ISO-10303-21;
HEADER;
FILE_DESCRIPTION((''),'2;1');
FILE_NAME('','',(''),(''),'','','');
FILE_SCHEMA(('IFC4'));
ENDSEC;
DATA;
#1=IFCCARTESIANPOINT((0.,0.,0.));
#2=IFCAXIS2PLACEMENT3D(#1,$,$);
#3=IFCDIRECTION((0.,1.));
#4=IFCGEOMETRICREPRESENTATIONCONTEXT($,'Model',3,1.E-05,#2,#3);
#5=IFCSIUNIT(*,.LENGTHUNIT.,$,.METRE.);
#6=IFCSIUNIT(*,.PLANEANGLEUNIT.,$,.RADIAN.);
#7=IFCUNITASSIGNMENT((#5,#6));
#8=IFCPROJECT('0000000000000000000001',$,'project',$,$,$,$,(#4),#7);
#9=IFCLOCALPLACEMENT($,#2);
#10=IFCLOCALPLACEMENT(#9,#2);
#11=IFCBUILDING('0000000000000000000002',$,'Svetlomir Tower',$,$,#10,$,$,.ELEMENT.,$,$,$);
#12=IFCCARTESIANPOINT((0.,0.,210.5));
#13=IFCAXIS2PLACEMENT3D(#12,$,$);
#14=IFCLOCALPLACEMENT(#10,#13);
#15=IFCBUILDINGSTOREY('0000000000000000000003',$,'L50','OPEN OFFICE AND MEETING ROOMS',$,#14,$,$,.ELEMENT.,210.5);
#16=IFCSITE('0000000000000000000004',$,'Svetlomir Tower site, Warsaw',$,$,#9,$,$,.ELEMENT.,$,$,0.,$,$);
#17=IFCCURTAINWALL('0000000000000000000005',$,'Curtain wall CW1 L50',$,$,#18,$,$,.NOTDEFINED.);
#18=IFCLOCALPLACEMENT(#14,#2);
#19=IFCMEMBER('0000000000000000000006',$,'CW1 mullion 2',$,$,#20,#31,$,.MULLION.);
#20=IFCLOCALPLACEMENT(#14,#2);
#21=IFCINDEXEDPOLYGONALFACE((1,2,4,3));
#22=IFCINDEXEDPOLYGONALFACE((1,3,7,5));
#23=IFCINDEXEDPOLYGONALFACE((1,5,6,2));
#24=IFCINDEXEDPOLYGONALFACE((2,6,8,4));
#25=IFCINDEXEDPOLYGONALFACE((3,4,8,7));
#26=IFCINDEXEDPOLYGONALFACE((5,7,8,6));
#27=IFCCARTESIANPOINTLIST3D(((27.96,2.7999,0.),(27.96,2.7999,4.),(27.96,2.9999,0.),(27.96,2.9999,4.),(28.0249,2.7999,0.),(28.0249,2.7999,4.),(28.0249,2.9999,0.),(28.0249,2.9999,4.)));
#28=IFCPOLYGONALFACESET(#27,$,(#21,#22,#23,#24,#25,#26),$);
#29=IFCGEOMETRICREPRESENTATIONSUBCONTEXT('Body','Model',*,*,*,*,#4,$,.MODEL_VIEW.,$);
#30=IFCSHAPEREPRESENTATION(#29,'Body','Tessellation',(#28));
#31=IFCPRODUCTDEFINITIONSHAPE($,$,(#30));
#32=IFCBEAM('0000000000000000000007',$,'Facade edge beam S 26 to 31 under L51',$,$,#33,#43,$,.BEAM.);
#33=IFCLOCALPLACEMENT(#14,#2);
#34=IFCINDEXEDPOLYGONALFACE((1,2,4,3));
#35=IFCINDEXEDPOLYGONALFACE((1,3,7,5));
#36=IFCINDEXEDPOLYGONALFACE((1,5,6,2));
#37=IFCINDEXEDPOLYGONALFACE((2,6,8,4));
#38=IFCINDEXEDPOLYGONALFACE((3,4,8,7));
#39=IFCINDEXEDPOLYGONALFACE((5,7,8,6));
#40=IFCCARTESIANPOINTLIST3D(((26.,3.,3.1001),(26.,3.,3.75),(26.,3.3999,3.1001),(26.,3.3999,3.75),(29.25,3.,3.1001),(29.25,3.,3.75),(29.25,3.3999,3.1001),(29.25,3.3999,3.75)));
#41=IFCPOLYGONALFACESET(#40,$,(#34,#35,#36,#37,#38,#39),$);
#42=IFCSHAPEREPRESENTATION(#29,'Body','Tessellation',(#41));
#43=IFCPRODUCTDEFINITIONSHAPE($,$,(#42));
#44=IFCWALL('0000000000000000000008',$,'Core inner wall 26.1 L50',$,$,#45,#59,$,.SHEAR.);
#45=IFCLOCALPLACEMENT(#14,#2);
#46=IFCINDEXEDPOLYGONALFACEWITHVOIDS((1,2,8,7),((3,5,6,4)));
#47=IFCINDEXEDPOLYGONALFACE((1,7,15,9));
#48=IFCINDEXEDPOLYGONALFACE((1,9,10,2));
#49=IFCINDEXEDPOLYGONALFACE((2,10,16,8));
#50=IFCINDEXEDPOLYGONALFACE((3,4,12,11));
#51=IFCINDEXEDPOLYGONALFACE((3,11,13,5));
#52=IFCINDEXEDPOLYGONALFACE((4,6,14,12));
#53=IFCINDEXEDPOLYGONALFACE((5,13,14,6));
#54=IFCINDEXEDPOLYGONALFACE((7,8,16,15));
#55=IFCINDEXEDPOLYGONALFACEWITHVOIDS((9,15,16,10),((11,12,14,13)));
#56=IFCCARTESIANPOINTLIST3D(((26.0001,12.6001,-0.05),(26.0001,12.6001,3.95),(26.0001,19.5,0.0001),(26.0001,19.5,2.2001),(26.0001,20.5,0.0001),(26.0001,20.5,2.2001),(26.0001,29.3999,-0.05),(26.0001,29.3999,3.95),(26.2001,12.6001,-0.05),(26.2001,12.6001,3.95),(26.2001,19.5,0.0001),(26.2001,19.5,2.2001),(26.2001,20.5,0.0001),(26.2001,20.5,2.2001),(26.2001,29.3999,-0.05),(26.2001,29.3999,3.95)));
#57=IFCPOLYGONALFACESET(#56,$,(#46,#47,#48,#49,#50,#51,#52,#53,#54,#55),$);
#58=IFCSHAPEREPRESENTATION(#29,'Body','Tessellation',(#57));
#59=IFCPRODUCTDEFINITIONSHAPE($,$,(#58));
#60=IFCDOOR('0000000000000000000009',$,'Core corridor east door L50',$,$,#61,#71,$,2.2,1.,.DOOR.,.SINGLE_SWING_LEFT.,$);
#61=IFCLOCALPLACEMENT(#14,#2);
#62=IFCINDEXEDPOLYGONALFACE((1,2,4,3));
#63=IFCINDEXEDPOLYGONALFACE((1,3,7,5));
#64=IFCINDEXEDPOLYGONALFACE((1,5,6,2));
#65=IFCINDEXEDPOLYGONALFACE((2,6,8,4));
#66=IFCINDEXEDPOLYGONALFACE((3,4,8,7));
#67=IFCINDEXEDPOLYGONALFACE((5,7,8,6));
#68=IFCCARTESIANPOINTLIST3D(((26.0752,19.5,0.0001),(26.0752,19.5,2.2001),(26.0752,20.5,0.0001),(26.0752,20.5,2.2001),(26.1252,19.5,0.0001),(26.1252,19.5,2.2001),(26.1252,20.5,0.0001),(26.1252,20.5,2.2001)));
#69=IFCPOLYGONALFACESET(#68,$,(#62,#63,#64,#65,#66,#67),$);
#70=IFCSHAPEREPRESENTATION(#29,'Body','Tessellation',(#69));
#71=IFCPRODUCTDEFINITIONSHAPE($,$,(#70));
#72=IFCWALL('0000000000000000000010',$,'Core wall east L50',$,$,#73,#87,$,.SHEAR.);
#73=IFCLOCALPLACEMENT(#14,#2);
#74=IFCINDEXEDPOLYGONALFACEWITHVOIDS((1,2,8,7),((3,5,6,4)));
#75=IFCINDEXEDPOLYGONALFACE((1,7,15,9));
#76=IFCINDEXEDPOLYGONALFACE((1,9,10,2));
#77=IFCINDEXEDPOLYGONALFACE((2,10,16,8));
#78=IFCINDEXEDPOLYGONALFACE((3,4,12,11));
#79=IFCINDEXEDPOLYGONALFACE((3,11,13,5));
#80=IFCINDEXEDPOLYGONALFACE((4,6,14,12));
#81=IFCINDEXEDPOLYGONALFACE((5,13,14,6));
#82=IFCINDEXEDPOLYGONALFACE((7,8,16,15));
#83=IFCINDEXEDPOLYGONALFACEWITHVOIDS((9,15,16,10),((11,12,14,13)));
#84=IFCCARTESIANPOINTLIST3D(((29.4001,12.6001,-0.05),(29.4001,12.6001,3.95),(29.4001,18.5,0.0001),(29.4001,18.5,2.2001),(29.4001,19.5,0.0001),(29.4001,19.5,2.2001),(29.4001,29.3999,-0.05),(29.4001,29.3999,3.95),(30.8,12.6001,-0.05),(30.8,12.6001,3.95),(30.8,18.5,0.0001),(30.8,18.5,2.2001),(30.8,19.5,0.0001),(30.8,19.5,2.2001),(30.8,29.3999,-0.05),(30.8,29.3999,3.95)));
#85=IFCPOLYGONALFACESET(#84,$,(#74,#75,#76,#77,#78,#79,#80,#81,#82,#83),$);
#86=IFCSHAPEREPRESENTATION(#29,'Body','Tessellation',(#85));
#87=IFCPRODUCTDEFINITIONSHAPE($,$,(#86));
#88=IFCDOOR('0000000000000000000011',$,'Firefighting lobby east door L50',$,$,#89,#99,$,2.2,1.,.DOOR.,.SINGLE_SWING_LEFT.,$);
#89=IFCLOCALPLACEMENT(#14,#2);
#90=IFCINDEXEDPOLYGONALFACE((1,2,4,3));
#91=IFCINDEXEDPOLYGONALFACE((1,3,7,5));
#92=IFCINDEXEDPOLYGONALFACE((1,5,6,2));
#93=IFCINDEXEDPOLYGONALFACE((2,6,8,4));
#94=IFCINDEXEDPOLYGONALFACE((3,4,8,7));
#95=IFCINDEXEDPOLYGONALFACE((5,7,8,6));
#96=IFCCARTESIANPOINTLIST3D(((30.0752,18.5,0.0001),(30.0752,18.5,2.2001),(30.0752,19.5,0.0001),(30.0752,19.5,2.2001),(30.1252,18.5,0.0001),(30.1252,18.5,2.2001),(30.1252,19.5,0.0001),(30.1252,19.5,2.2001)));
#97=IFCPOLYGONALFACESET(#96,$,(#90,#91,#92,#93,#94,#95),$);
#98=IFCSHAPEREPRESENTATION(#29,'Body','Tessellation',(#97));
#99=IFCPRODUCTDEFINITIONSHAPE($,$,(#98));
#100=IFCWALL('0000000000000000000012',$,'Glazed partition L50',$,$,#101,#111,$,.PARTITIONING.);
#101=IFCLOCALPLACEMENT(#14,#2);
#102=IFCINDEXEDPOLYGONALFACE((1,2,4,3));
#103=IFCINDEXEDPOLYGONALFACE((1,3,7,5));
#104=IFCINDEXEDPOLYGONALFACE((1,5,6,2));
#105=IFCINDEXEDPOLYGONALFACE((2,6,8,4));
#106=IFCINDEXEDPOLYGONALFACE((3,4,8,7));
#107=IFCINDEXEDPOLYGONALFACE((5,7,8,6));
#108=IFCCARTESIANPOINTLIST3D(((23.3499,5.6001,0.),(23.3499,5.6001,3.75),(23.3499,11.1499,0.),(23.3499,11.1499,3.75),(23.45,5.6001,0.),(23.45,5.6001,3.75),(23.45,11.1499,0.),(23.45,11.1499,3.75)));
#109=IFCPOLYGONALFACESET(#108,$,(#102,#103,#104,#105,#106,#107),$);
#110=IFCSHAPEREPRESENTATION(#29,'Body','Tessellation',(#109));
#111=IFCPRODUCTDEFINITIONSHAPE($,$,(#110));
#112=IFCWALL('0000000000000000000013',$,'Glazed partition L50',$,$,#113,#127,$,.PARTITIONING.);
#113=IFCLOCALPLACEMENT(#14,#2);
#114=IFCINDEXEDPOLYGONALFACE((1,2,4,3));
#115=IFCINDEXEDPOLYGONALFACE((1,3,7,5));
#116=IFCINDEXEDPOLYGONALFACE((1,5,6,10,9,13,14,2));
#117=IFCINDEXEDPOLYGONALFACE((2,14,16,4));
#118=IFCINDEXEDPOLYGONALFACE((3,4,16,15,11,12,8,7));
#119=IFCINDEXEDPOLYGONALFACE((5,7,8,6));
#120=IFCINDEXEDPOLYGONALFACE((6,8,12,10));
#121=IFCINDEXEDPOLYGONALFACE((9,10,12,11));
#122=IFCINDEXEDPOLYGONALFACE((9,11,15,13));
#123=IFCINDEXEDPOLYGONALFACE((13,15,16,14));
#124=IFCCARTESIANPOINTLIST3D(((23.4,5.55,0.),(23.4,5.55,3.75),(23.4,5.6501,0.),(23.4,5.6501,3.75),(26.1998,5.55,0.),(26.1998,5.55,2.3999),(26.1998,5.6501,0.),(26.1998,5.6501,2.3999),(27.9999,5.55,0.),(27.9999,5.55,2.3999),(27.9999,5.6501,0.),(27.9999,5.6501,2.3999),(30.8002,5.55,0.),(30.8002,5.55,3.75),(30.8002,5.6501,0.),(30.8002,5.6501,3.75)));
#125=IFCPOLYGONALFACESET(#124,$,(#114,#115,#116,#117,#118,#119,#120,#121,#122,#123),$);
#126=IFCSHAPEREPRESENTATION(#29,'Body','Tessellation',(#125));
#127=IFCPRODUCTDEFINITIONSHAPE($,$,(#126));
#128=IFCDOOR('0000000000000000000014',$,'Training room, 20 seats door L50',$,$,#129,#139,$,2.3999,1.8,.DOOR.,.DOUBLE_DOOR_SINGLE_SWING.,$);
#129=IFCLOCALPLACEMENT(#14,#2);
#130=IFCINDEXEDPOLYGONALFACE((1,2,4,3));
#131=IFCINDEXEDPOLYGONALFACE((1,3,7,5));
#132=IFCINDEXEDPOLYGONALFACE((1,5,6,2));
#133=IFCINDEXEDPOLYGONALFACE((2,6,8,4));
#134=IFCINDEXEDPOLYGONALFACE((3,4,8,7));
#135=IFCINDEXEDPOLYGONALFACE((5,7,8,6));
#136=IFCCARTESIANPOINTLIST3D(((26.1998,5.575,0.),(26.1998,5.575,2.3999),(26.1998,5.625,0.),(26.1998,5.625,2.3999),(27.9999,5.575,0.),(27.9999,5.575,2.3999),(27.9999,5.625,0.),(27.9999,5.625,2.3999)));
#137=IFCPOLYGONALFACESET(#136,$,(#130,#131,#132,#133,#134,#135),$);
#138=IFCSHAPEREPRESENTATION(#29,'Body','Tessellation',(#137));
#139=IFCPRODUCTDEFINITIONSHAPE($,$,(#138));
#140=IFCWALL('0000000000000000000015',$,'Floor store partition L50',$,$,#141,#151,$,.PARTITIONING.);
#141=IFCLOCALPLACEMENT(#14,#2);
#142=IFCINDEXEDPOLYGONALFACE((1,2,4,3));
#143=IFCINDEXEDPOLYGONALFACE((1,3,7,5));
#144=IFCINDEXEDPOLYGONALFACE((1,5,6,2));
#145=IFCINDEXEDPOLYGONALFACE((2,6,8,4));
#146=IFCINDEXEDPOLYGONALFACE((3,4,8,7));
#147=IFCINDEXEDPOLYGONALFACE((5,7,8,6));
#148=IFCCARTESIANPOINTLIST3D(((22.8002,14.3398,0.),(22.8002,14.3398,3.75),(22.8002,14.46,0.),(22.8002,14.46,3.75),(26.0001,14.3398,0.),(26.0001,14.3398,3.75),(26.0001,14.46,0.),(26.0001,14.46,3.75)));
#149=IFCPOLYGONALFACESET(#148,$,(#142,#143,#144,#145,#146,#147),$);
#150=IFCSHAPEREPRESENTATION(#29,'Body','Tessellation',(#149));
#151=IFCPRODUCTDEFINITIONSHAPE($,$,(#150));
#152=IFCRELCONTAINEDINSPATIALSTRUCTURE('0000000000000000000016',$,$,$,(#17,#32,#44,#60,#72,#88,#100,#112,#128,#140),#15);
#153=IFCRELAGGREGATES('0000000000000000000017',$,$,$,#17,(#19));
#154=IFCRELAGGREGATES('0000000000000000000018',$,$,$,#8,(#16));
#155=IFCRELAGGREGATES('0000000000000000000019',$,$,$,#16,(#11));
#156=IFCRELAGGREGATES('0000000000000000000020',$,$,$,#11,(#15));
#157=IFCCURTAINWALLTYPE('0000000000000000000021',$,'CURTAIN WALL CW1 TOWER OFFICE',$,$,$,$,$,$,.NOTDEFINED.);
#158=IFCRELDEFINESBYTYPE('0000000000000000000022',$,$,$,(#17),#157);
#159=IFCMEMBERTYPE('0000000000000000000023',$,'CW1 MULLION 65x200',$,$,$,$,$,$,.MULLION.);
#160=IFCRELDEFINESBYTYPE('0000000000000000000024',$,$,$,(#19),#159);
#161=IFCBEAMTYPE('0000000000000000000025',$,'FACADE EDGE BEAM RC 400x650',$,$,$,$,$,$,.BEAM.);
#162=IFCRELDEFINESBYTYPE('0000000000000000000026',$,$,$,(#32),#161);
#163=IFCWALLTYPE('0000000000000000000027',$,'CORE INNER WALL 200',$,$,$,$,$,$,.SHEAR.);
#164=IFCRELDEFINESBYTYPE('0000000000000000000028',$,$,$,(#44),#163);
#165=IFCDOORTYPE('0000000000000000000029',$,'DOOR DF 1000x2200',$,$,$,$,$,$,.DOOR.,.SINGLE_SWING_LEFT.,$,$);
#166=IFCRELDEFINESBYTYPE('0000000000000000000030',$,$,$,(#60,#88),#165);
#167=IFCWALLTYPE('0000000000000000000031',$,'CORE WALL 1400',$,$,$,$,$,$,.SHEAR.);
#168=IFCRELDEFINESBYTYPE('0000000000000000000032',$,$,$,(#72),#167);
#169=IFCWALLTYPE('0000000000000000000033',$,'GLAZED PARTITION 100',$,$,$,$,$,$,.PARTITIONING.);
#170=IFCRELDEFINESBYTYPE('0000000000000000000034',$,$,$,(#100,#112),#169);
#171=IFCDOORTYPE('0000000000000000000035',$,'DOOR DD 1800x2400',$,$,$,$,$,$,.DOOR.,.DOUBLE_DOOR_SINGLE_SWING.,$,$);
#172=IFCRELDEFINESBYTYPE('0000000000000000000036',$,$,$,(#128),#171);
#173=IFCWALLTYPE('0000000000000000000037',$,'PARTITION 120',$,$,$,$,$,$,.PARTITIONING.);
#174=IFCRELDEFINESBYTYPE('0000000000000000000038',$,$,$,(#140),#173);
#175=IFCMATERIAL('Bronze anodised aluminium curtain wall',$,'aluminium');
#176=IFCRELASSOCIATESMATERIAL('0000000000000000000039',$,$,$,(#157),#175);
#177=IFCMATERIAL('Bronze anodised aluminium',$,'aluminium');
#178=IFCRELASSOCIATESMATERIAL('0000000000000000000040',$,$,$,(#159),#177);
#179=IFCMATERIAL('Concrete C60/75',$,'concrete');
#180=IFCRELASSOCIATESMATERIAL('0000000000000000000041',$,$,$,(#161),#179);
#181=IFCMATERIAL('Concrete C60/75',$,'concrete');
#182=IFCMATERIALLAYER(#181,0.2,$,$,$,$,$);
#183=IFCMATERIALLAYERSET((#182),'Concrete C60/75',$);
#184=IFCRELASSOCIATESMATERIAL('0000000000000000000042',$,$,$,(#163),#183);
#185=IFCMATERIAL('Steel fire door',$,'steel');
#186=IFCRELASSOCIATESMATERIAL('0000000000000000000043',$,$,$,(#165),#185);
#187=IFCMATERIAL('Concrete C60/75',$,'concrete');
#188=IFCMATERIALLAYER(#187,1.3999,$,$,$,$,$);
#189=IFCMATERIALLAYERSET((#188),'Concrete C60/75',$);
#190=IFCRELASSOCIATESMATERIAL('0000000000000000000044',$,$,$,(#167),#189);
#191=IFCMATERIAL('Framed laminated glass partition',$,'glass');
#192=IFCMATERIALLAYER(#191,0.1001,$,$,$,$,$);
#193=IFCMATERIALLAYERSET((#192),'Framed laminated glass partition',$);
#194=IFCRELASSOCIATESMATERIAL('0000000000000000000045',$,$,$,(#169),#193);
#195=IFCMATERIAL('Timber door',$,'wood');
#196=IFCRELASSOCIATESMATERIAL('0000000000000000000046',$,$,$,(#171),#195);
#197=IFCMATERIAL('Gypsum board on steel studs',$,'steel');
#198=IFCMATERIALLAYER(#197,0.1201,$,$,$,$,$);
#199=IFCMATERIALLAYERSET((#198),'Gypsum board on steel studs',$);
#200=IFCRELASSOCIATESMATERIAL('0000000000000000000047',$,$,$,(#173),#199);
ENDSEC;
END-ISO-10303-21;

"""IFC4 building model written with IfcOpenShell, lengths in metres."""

from ifc_helpers import new_model, si_unit, direction, frame, frame_2d, origin, origin_2d, place, context, subcontext, project, spatial, rectangle, extrude, material, layer, layer_set, material_profile, profile_set, type_object, element, fill, aggregate, save


model = new_model("IFC4")

# Units and contexts
model_context = context("Model", 3, precision=1e-05, world=origin(), true_north=direction((0.0, 1.0)))
body_context = subcontext(model_context, "Body", "Model", "MODEL_VIEW")
ifc_project = project(units=[si_unit("LENGTHUNIT", "METRE"), si_unit("PLANEANGLEUNIT", "RADIAN")], contexts=[model_context])

# Site, building, storey
site_placement = place(None, origin())
site = spatial("IfcSite", under=ifc_project, at=site_placement, Name="Svetlomir Tower site, Warsaw", CompositionType="ELEMENT", RefElevation=0.0)
building_placement = place(site_placement, origin())
building = spatial("IfcBuilding", under=site, at=building_placement, Name="Svetlomir Tower", CompositionType="ELEMENT")
storey_placement = place(building_placement, frame((0.0, 0.0, 210.5)))
storey = spatial("IfcBuildingStorey", under=building, at=storey_placement, Name="L50", Description="OPEN OFFICE AND MEETING ROOMS", CompositionType="ELEMENT", Elevation=210.5)

# Curtain wall, member
ifc_material_1 = material(Name="Bronze anodised aluminium curtain wall", Category="aluminium")
curtain_wall_type = type_object("IfcCurtainWallType", Name="CURTAIN WALL CW1 TOWER OFFICE", PredefinedType="NOTDEFINED", material=ifc_material_1)
curtain_wall_placement = place(storey_placement, origin())
curtain_wall = element("IfcCurtainWall", 1, at=curtain_wall_placement, inside=storey, type_object=curtain_wall_type, Name="Curtain wall CW1 L50", PredefinedType="NOTDEFINED")
ifc_material_2 = material(Name="Bronze anodised aluminium", Category="aluminium")
ifc_material_profile_1 = material_profile(ifc_material_2, rectangle(XDim=0.0649, YDim=0.2, at=origin_2d()), Name="AL 65x200")
ifc_profile_set_1 = profile_set([ifc_material_profile_1], Name="Bronze anodised aluminium 6063-T6")
member_type = type_object("IfcMemberType", Name="CW1 MULLION 65x200", PredefinedType="MULLION", material=ifc_profile_set_1)
member_placement = place(storey_placement, frame((27.9924, 2.8999, 0.0), z_axis=(0.0, 0.0, 1.0), x_axis=(1.0, 0.0, 0.0)))
member = element("IfcMember", 2, at=member_placement, type_object=member_type, Name="CW1 mullion 2", PredefinedType="MULLION", context=body_context, shape_type="SweptSolid", body=[
    extrude(rectangle(XDim=0.0649, YDim=0.2, at=origin_2d()), origin(), (0.0, 0.0, 1.0), 4.0),
])
aggregate(curtain_wall, [member])

# Beam
ifc_material_3 = material(Name="Concrete C60/75", Category="concrete")
ifc_material_profile_2 = material_profile(ifc_material_3, rectangle(XDim=0.3999, YDim=0.6499, at=origin_2d()), Name="RC 400x650")
ifc_profile_set_2 = profile_set([ifc_material_profile_2], Name="Concrete C60/75")
beam_type = type_object("IfcBeamType", Name="FACADE EDGE BEAM RC 400x650", PredefinedType="BEAM", material=ifc_profile_set_2)
beam_placement = place(storey_placement, frame((26.0, 3.2, 3.425), z_axis=(1.0, 0.0, 0.0), x_axis=(0.0, 1.0, 0.0)))
element("IfcBeam", 3, at=beam_placement, inside=storey, type_object=beam_type, Name="Facade edge beam S 26 to 31 under L51", PredefinedType="BEAM", context=body_context, shape_type="SweptSolid", body=[
    extrude(rectangle(XDim=0.3999, YDim=0.6499, at=origin_2d()), origin(), (0.0, 0.0, 1.0), 3.25),
])

# Walls, openings, doors
ifc_material_4 = material(Name="Concrete C60/75", Category="concrete")
ifc_layer_1 = layer(ifc_material_4, 0.2)
ifc_layer_set_1 = layer_set([ifc_layer_1], Name="Concrete C60/75")
wall_type_1 = type_object("IfcWallType", Name="CORE INNER WALL 200", PredefinedType="SHEAR", material=ifc_layer_set_1)
wall_1_placement = place(storey_placement, frame((26.1001, 12.6001, -0.05), z_axis=(0.0, 0.0, 1.0), x_axis=(0.0, 1.0, 0.0)))
wall_1 = element("IfcWall", 4, at=wall_1_placement, inside=storey, type_object=wall_type_1, Name="Core inner wall 26.1 L50", PredefinedType="SHEAR", context=body_context, shape_type="SweptSolid", body=[
    extrude(rectangle(XDim=16.7998, YDim=0.2, at=frame_2d((8.3999, 0.0))), origin(), (0.0, 0.0, 1.0), 4.0),
])
opening_1_placement = place(wall_1_placement, frame((6.8999, 0.0, 0.05)))
opening_1 = element("IfcOpeningElement", 5, at=opening_1_placement, cuts=wall_1, PredefinedType="OPENING", context=body_context, shape_type="SweptSolid", body=[
    extrude(rectangle(XDim=1.0, YDim=2.2, at=frame_2d((0.5, 1.1001))), frame((0.0, 0.1099, 0.0), z_axis=(0.0, -1.0, 0.0), x_axis=(1.0, 0.0, 0.0)), (0.0, 0.0, 1.0), 0.22),
])
ifc_material_5 = material(Name="Steel fire door", Category="steel")
door_type_1 = type_object("IfcDoorType", Name="DOOR DF 1000x2200", OperationType="SINGLE_SWING_LEFT", PredefinedType="DOOR", material=ifc_material_5)
door_1_placement = place(opening_1_placement, origin())
door_1 = element("IfcDoor", 6, at=door_1_placement, inside=storey, type_object=door_type_1, Name="Core corridor east door L50", OperationType="SINGLE_SWING_LEFT", OverallHeight=2.2, OverallWidth=1.0, PredefinedType="DOOR", context=body_context, shape_type="SweptSolid", body=[
    extrude(rectangle(XDim=1.0, YDim=2.2, at=frame_2d((0.5, 1.1001))), frame((0.0, 0.0249, 0.0), z_axis=(0.0, -1.0, 0.0), x_axis=(1.0, 0.0, 0.0)), (0.0, 0.0, 1.0), 0.05),
])
fill(opening_1, door_1)
ifc_material_6 = material(Name="Concrete C60/75", Category="concrete")
ifc_layer_2 = layer(ifc_material_6, 1.3999)
ifc_layer_set_2 = layer_set([ifc_layer_2], Name="Concrete C60/75")
wall_type_2 = type_object("IfcWallType", Name="CORE WALL 1400", PredefinedType="SHEAR", material=ifc_layer_set_2)
wall_2_placement = place(storey_placement, frame((30.1001, 12.6001, -0.05), z_axis=(0.0, 0.0, 1.0), x_axis=(0.0, 1.0, 0.0)))
wall_2 = element("IfcWall", 7, at=wall_2_placement, inside=storey, type_object=wall_type_2, Name="Core wall east L50", PredefinedType="SHEAR", context=body_context, shape_type="SweptSolid", body=[
    extrude(rectangle(XDim=16.7998, YDim=1.3999, at=frame_2d((8.3999, 0.0))), origin(), (0.0, 0.0, 1.0), 4.0),
])
opening_2_placement = place(wall_2_placement, frame((5.8999, 0.0, 0.05)))
opening_2 = element("IfcOpeningElement", 8, at=opening_2_placement, cuts=wall_2, PredefinedType="OPENING", context=body_context, shape_type="SweptSolid", body=[
    extrude(rectangle(XDim=1.0, YDim=2.2, at=frame_2d((0.5, 1.1001))), frame((0.0, 0.71, 0.0), z_axis=(0.0, -1.0, 0.0), x_axis=(1.0, 0.0, 0.0)), (0.0, 0.0, 1.0), 1.4199),
])
door_2_placement = place(opening_2_placement, origin())
door_2 = element("IfcDoor", 9, at=door_2_placement, inside=storey, type_object=door_type_1, Name="Firefighting lobby east door L50", OperationType="SINGLE_SWING_LEFT", OverallHeight=2.2, OverallWidth=1.0, PredefinedType="DOOR", context=body_context, shape_type="SweptSolid", body=[
    extrude(rectangle(XDim=1.0, YDim=2.2, at=frame_2d((0.5, 1.1001))), frame((0.0, 0.0249, 0.0), z_axis=(0.0, -1.0, 0.0), x_axis=(1.0, 0.0, 0.0)), (0.0, 0.0, 1.0), 0.05),
])
fill(opening_2, door_2)

# Wall
ifc_material_7 = material(Name="Framed laminated glass partition", Category="glass")
ifc_layer_3 = layer(ifc_material_7, 0.1001)
ifc_layer_set_3 = layer_set([ifc_layer_3], Name="Framed laminated glass partition")
wall_type_3 = type_object("IfcWallType", Name="GLAZED PARTITION 100", PredefinedType="PARTITIONING", material=ifc_layer_set_3)
wall_3_placement = place(storey_placement, frame((23.3999, 5.6001, 0.0), z_axis=(0.0, 0.0, 1.0), x_axis=(0.0, 1.0, 0.0)))
element("IfcWall", 10, at=wall_3_placement, inside=storey, type_object=wall_type_3, Name="Glazed partition L50", PredefinedType="PARTITIONING", context=body_context, shape_type="SweptSolid", body=[
    extrude(rectangle(XDim=5.5498, YDim=0.1001, at=frame_2d((2.7749, 0.0))), origin(), (0.0, 0.0, 1.0), 3.75),
])

# Wall, opening, door
wall_4_placement = place(storey_placement, frame((23.3999, 5.6001, 0.0), z_axis=(0.0, 0.0, 1.0), x_axis=(1.0, 0.0, 0.0)))
wall_4 = element("IfcWall", 11, at=wall_4_placement, inside=storey, type_object=wall_type_3, Name="Glazed partition L50", PredefinedType="PARTITIONING", context=body_context, shape_type="SweptSolid", body=[
    extrude(rectangle(XDim=7.4001, YDim=0.1001, at=frame_2d((3.7002, 0.0))), origin(), (0.0, 0.0, 1.0), 3.75),
])
opening_3_placement = place(wall_4_placement, frame((2.8, 0.0, 0.0)))
opening_3 = element("IfcOpeningElement", 12, at=opening_3_placement, cuts=wall_4, PredefinedType="OPENING", context=body_context, shape_type="SweptSolid", body=[
    extrude(rectangle(XDim=1.8, YDim=2.3999, at=frame_2d((0.8999, 1.2))), frame((0.0, 0.0601, 0.0), z_axis=(0.0, -1.0, 0.0), x_axis=(1.0, 0.0, 0.0)), (0.0, 0.0, 1.0), 0.1201),
])
ifc_material_8 = material(Name="Timber door", Category="wood")
door_type_2 = type_object("IfcDoorType", Name="DOOR DD 1800x2400", OperationType="DOUBLE_DOOR_SINGLE_SWING", PredefinedType="DOOR", material=ifc_material_8)
door_3_placement = place(opening_3_placement, origin())
door_3 = element("IfcDoor", 13, at=door_3_placement, inside=storey, type_object=door_type_2, Name="Training room, 20 seats door L50", OperationType="DOUBLE_DOOR_SINGLE_SWING", OverallHeight=2.3999, OverallWidth=1.8, PredefinedType="DOOR", context=body_context, shape_type="SweptSolid", body=[
    extrude(rectangle(XDim=1.8, YDim=2.3999, at=frame_2d((0.8999, 1.2))), frame((0.0, 0.0249, 0.0), z_axis=(0.0, -1.0, 0.0), x_axis=(1.0, 0.0, 0.0)), (0.0, 0.0, 1.0), 0.05),
])
fill(opening_3, door_3)

# Wall
ifc_material_9 = material(Name="Gypsum board on steel studs", Category="steel")
ifc_layer_4 = layer(ifc_material_9, 0.1201)
ifc_layer_set_4 = layer_set([ifc_layer_4], Name="Gypsum board on steel studs")
wall_type_4 = type_object("IfcWallType", Name="PARTITION 120", PredefinedType="PARTITIONING", material=ifc_layer_set_4)
wall_5_placement = place(storey_placement, frame((22.8, 14.3999, 0.0), z_axis=(0.0, 0.0, 1.0), x_axis=(1.0, 0.0, 0.0)))
element("IfcWall", 14, at=wall_5_placement, inside=storey, type_object=wall_type_4, Name="Floor store partition L50", PredefinedType="PARTITIONING", context=body_context, shape_type="SweptSolid", body=[
    extrude(rectangle(XDim=3.2, YDim=0.1201, at=frame_2d((1.6001, 0.0))), origin(), (0.0, 0.0, 1.0), 3.75),
])

save(model, "model.ifc")
